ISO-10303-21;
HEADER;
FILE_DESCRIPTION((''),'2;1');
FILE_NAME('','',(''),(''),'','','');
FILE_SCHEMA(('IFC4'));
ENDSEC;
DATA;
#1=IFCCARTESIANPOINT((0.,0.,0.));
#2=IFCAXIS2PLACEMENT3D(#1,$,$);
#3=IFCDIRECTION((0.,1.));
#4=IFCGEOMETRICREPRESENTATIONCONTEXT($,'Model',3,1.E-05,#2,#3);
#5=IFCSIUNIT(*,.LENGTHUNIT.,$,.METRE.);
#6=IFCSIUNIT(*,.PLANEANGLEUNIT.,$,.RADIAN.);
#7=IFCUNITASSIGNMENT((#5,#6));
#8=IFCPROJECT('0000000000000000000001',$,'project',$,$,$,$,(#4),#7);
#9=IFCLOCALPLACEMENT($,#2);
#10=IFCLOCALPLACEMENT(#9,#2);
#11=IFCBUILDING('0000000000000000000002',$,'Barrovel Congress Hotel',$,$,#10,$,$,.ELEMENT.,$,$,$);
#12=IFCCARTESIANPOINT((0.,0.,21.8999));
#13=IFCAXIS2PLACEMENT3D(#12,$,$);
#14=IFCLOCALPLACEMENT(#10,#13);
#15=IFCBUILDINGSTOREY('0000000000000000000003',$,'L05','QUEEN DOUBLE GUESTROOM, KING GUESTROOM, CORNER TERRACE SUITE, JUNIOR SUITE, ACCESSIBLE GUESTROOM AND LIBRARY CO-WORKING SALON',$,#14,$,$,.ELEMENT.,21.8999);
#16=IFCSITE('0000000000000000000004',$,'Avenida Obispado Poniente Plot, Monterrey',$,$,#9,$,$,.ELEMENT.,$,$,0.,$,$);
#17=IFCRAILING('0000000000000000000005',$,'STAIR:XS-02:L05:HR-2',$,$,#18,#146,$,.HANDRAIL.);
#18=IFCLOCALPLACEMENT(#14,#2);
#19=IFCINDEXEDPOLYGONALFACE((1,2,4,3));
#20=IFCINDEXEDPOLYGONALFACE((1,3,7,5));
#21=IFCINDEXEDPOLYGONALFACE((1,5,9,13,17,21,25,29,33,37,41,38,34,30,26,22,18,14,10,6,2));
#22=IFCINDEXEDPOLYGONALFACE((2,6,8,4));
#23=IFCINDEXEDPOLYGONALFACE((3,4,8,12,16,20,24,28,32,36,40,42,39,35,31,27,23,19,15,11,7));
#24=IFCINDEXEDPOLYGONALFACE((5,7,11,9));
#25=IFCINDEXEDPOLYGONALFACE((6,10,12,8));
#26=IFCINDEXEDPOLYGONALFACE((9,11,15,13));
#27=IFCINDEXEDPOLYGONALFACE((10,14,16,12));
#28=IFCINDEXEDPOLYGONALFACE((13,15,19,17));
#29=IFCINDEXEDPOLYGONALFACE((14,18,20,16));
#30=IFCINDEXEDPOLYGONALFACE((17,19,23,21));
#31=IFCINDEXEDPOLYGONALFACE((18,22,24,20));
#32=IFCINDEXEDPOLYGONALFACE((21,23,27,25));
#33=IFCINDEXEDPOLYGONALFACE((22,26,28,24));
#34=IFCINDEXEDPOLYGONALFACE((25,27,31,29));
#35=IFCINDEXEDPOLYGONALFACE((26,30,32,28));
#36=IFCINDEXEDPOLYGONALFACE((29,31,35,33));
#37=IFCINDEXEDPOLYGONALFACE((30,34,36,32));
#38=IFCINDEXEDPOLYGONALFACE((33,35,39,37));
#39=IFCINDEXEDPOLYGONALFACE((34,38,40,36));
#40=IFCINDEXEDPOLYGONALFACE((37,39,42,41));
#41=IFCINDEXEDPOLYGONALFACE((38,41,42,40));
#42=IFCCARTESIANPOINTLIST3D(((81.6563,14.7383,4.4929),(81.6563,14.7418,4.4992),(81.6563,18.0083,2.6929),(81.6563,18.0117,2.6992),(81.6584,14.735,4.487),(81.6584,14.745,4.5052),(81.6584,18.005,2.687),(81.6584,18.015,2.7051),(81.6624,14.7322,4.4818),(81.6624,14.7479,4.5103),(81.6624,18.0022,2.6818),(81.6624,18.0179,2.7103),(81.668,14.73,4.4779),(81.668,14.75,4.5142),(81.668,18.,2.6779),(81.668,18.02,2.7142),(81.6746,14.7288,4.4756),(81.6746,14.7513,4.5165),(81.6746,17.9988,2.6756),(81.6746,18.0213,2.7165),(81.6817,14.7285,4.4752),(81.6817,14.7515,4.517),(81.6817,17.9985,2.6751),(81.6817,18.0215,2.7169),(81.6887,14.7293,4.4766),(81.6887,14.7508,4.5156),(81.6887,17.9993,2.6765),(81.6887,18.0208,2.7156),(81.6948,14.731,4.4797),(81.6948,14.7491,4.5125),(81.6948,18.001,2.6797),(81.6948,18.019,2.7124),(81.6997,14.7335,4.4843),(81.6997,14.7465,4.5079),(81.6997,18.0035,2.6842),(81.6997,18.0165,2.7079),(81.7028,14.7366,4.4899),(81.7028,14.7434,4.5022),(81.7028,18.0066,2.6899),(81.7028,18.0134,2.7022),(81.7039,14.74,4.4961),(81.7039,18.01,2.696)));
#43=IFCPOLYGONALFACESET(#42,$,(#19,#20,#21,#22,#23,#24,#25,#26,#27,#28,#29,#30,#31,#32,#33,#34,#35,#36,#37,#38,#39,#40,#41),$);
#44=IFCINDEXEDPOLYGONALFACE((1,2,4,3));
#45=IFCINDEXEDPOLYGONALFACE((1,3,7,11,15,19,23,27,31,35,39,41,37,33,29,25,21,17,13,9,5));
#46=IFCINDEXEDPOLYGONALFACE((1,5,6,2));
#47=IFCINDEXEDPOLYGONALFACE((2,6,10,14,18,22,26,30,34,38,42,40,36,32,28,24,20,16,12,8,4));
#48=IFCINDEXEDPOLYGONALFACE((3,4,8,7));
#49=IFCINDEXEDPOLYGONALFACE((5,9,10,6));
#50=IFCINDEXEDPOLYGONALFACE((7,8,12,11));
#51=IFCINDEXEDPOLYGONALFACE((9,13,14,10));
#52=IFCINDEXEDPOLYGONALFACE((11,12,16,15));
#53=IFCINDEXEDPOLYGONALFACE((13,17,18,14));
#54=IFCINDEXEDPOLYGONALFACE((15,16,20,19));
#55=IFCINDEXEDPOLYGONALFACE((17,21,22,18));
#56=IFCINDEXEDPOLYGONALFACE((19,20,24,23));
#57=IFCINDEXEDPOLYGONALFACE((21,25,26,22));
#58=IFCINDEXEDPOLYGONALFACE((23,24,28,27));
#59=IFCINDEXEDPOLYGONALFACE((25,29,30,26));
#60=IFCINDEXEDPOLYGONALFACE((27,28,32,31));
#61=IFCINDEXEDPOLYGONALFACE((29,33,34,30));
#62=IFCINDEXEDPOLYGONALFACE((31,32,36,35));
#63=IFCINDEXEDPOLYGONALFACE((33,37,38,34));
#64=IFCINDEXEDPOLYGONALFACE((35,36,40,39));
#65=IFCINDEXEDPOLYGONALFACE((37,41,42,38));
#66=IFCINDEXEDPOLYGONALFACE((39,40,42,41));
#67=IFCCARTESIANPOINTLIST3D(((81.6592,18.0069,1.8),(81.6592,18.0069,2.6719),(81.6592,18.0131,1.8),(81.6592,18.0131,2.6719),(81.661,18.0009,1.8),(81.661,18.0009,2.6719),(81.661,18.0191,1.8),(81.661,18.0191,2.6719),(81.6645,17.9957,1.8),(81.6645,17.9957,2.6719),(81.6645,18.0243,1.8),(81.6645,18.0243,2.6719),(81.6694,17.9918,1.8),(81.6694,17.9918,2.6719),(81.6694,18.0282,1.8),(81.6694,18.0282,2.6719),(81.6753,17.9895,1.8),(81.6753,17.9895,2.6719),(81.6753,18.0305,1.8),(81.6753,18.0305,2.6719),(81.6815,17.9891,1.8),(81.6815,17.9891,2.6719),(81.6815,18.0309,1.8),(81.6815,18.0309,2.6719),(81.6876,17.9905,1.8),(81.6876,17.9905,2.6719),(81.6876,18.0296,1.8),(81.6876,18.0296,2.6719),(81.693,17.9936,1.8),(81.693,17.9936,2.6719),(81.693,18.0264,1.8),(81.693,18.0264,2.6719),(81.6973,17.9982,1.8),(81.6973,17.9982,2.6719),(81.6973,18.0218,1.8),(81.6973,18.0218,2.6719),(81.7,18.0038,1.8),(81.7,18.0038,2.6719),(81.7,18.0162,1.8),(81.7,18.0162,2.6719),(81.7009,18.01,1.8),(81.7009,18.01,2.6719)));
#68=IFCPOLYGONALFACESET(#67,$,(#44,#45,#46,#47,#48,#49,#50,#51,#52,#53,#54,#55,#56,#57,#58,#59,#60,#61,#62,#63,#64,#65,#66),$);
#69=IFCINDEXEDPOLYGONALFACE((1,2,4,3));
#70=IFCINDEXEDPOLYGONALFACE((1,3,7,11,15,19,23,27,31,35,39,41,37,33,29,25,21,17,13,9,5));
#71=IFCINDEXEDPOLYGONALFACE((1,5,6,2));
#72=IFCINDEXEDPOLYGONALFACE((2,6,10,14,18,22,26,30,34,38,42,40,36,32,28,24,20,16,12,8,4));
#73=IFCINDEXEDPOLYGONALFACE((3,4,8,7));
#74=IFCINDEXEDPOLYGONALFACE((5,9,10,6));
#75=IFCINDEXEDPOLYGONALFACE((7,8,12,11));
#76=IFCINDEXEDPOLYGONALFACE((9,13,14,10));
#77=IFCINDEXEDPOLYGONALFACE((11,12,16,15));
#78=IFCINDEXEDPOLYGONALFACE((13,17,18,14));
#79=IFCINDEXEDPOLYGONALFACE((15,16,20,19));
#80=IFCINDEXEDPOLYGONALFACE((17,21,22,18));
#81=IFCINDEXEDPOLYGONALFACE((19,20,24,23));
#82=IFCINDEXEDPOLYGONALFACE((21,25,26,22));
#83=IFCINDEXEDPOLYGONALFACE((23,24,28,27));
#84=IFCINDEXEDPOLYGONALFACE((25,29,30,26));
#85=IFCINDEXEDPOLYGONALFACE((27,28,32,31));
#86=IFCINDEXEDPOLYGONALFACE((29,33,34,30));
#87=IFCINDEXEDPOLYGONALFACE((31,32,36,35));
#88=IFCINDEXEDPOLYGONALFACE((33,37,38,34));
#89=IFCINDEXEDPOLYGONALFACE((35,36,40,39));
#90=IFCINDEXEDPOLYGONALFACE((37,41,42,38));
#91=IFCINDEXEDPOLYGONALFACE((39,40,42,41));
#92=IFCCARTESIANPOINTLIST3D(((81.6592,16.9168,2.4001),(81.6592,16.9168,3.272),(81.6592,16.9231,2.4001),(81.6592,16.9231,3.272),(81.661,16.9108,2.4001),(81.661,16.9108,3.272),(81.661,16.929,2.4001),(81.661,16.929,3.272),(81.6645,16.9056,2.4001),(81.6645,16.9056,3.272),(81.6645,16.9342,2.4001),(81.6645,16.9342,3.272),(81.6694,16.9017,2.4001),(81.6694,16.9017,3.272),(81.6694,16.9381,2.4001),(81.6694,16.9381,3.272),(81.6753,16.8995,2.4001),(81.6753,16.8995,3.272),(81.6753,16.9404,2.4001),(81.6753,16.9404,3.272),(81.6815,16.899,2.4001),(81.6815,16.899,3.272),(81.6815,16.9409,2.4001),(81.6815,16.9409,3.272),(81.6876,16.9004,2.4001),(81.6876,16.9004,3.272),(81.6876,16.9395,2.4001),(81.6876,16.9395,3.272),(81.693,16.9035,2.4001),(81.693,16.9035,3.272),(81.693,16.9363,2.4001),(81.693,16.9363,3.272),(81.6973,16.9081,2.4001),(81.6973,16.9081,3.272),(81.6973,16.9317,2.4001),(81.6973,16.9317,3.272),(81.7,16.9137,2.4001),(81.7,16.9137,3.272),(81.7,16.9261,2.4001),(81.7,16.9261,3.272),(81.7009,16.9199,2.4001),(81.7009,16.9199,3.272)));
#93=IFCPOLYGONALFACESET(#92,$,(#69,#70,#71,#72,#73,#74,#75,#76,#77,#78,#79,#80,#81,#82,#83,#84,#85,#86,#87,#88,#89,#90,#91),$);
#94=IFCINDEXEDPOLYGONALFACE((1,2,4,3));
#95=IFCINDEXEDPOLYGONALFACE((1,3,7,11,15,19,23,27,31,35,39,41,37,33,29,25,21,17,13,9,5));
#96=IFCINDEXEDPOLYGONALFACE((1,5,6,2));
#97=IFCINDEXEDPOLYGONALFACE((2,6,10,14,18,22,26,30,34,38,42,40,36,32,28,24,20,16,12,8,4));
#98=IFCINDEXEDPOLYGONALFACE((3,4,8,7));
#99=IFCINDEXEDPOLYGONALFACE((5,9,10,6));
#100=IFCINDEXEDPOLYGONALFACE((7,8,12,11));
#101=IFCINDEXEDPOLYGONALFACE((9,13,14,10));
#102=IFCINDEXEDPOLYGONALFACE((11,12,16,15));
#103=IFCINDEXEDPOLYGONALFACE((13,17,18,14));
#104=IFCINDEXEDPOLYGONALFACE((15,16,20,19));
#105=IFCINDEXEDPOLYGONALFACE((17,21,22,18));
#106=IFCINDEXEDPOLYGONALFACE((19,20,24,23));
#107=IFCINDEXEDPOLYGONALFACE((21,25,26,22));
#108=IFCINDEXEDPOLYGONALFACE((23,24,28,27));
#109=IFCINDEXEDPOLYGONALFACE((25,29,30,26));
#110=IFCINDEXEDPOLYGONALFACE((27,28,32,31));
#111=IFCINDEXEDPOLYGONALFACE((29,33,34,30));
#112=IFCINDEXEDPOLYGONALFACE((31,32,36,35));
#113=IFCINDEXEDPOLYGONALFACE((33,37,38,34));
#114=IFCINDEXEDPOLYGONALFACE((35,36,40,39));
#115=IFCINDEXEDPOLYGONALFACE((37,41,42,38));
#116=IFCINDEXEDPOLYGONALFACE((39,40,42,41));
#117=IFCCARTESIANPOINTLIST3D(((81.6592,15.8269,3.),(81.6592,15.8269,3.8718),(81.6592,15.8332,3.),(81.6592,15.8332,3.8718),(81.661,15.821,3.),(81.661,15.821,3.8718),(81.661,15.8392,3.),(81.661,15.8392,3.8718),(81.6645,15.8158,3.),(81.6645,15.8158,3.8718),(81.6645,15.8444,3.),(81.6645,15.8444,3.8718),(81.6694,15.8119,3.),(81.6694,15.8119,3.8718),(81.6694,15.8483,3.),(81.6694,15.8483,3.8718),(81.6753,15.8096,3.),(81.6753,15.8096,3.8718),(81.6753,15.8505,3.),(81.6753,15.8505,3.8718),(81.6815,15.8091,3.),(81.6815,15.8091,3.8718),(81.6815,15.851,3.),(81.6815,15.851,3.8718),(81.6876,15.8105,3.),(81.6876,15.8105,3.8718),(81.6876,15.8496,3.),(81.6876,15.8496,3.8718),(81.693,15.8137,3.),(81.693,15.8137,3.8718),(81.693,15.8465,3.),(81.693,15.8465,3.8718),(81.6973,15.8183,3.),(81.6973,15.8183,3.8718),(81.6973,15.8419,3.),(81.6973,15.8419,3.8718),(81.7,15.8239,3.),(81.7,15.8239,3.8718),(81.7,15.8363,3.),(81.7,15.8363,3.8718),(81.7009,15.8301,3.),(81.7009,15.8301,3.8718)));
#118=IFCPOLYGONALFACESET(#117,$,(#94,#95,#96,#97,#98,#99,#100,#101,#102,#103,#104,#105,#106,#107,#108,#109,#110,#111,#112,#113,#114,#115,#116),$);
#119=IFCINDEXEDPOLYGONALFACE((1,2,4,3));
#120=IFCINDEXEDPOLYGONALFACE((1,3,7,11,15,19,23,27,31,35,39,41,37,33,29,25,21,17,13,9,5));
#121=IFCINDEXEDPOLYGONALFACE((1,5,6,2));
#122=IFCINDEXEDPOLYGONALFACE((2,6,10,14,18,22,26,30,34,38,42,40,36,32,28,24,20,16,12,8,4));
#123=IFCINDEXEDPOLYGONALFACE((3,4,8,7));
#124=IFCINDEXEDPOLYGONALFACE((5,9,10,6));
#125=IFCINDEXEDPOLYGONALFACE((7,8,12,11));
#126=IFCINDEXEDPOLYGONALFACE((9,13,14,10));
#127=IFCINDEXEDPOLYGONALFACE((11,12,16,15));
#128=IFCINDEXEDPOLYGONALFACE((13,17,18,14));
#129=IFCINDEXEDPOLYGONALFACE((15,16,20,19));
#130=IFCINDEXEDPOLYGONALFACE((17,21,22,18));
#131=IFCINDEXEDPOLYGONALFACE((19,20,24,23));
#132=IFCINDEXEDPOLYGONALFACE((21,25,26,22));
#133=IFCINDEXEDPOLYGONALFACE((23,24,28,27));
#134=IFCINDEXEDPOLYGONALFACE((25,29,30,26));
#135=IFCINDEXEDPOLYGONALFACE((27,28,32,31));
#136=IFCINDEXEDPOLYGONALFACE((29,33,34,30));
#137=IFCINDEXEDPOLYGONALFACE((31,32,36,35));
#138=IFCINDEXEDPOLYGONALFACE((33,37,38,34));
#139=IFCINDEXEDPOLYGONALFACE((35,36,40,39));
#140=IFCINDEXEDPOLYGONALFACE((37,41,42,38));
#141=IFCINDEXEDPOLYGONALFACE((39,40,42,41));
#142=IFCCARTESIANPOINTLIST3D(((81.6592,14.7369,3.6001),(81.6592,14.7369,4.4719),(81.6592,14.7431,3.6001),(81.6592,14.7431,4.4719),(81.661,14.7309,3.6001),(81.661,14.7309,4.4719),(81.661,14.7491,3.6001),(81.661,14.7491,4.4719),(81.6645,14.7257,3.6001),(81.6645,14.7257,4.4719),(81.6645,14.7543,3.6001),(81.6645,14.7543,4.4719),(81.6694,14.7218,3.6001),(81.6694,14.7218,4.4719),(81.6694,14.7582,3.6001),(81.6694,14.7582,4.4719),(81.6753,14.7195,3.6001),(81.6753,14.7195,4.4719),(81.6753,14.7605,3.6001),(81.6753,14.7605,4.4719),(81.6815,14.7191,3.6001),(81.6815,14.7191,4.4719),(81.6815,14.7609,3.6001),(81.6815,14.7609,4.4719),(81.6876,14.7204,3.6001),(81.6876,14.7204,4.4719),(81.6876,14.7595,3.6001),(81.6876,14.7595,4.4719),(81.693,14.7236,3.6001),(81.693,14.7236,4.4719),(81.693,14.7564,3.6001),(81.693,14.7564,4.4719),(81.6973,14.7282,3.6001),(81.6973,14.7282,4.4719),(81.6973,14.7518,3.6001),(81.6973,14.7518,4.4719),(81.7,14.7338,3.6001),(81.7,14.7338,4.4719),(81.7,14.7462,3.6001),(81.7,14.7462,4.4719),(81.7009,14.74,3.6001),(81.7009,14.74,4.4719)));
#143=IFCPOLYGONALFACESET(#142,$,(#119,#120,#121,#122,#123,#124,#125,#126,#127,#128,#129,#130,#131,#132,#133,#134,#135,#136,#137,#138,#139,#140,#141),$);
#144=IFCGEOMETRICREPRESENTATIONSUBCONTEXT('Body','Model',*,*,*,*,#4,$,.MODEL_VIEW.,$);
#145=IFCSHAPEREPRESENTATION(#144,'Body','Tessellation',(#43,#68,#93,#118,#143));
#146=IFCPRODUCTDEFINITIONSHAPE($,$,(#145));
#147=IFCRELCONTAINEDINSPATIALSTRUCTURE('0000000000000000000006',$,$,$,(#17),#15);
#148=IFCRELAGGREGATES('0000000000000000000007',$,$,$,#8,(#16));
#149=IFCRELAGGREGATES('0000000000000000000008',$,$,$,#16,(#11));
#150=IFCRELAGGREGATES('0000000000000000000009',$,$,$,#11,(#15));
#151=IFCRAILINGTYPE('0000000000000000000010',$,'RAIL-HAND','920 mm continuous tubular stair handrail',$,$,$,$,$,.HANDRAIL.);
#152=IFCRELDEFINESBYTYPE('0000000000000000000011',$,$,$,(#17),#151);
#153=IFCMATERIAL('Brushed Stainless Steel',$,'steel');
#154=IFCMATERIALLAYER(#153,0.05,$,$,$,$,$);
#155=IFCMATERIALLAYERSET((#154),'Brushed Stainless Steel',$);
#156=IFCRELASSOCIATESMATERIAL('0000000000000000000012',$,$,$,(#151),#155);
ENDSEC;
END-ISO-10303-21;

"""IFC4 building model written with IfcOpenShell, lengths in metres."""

from ifc_helpers import new_model, si_unit, direction, frame, origin, origin_2d, place, context, subcontext, project, spatial, circle, extrude, material, layer, layer_set, type_object, element, save


model = new_model("IFC4")

# Units and contexts
model_context = context("Model", 3, precision=1e-05, world=origin(), true_north=direction((0.0, 1.0)))
body_context = subcontext(model_context, "Body", "Model", "MODEL_VIEW")
ifc_project = project(units=[si_unit("LENGTHUNIT", "METRE"), si_unit("PLANEANGLEUNIT", "RADIAN")], contexts=[model_context])

# Site, building, storey
site_placement = place(None, origin())
site = spatial("IfcSite", under=ifc_project, at=site_placement, Name="Avenida Obispado Poniente Plot, Monterrey", CompositionType="ELEMENT", RefElevation=0.0)
building_placement = place(site_placement, origin())
building = spatial("IfcBuilding", under=site, at=building_placement, Name="Barrovel Congress Hotel", CompositionType="ELEMENT")
storey_placement = place(building_placement, frame((0.0, 0.0, 21.8999)))
storey = spatial("IfcBuildingStorey", under=building, at=storey_placement, Name="L05", Description="QUEEN DOUBLE GUESTROOM, KING GUESTROOM, CORNER TERRACE SUITE, JUNIOR SUITE, ACCESSIBLE GUESTROOM AND LIBRARY CO-WORKING SALON", CompositionType="ELEMENT", Elevation=21.8999)

# Railing
ifc_material_1 = material(Name="Brushed Stainless Steel", Category="steel")
ifc_layer_1 = layer(ifc_material_1, 0.05)
ifc_layer_set_1 = layer_set([ifc_layer_1], Name="Brushed Stainless Steel")
railing_type_1 = type_object("IfcRailingType", Name="RAIL-HAND", Description="920 mm continuous tubular stair handrail", PredefinedType="HANDRAIL", material=ifc_layer_set_1)
railing_1_placement = place(storey_placement, frame((81.6799, 18.01, 1.8)))
element("IfcRailing", 1, at=railing_1_placement, inside=storey, type_object=railing_type_1, Name="STAIR:XS-02:L05:HR-2", PredefinedType="HANDRAIL", context=body_context, shape_type="SweptSolid", body=[
    extrude(circle(Radius=0.0239, at=origin_2d()), frame((0.0, 0.0, 0.896), z_axis=(0.0, -0.876042, 0.482235), x_axis=(1.0, 0.0, 0.0)), (0.0, 0.0, 1.0), 3.7327),
    extrude(circle(Radius=0.021, at=origin_2d()), origin(), (0.0, 0.0, 1.0), 0.8718),
    extrude(circle(Radius=0.021, at=origin_2d()), frame((0.0, -1.0901, 0.6001)), (0.0, 0.0, 1.0), 0.8718),
    extrude(circle(Radius=0.021, at=origin_2d()), frame((0.0, -2.1799, 1.2)), (0.0, 0.0, 1.0), 0.8718),
    extrude(circle(Radius=0.021, at=origin_2d()), frame((0.0, -3.27, 1.8)), (0.0, 0.0, 1.0), 0.8718),
])

save(model, "model.ifc")
